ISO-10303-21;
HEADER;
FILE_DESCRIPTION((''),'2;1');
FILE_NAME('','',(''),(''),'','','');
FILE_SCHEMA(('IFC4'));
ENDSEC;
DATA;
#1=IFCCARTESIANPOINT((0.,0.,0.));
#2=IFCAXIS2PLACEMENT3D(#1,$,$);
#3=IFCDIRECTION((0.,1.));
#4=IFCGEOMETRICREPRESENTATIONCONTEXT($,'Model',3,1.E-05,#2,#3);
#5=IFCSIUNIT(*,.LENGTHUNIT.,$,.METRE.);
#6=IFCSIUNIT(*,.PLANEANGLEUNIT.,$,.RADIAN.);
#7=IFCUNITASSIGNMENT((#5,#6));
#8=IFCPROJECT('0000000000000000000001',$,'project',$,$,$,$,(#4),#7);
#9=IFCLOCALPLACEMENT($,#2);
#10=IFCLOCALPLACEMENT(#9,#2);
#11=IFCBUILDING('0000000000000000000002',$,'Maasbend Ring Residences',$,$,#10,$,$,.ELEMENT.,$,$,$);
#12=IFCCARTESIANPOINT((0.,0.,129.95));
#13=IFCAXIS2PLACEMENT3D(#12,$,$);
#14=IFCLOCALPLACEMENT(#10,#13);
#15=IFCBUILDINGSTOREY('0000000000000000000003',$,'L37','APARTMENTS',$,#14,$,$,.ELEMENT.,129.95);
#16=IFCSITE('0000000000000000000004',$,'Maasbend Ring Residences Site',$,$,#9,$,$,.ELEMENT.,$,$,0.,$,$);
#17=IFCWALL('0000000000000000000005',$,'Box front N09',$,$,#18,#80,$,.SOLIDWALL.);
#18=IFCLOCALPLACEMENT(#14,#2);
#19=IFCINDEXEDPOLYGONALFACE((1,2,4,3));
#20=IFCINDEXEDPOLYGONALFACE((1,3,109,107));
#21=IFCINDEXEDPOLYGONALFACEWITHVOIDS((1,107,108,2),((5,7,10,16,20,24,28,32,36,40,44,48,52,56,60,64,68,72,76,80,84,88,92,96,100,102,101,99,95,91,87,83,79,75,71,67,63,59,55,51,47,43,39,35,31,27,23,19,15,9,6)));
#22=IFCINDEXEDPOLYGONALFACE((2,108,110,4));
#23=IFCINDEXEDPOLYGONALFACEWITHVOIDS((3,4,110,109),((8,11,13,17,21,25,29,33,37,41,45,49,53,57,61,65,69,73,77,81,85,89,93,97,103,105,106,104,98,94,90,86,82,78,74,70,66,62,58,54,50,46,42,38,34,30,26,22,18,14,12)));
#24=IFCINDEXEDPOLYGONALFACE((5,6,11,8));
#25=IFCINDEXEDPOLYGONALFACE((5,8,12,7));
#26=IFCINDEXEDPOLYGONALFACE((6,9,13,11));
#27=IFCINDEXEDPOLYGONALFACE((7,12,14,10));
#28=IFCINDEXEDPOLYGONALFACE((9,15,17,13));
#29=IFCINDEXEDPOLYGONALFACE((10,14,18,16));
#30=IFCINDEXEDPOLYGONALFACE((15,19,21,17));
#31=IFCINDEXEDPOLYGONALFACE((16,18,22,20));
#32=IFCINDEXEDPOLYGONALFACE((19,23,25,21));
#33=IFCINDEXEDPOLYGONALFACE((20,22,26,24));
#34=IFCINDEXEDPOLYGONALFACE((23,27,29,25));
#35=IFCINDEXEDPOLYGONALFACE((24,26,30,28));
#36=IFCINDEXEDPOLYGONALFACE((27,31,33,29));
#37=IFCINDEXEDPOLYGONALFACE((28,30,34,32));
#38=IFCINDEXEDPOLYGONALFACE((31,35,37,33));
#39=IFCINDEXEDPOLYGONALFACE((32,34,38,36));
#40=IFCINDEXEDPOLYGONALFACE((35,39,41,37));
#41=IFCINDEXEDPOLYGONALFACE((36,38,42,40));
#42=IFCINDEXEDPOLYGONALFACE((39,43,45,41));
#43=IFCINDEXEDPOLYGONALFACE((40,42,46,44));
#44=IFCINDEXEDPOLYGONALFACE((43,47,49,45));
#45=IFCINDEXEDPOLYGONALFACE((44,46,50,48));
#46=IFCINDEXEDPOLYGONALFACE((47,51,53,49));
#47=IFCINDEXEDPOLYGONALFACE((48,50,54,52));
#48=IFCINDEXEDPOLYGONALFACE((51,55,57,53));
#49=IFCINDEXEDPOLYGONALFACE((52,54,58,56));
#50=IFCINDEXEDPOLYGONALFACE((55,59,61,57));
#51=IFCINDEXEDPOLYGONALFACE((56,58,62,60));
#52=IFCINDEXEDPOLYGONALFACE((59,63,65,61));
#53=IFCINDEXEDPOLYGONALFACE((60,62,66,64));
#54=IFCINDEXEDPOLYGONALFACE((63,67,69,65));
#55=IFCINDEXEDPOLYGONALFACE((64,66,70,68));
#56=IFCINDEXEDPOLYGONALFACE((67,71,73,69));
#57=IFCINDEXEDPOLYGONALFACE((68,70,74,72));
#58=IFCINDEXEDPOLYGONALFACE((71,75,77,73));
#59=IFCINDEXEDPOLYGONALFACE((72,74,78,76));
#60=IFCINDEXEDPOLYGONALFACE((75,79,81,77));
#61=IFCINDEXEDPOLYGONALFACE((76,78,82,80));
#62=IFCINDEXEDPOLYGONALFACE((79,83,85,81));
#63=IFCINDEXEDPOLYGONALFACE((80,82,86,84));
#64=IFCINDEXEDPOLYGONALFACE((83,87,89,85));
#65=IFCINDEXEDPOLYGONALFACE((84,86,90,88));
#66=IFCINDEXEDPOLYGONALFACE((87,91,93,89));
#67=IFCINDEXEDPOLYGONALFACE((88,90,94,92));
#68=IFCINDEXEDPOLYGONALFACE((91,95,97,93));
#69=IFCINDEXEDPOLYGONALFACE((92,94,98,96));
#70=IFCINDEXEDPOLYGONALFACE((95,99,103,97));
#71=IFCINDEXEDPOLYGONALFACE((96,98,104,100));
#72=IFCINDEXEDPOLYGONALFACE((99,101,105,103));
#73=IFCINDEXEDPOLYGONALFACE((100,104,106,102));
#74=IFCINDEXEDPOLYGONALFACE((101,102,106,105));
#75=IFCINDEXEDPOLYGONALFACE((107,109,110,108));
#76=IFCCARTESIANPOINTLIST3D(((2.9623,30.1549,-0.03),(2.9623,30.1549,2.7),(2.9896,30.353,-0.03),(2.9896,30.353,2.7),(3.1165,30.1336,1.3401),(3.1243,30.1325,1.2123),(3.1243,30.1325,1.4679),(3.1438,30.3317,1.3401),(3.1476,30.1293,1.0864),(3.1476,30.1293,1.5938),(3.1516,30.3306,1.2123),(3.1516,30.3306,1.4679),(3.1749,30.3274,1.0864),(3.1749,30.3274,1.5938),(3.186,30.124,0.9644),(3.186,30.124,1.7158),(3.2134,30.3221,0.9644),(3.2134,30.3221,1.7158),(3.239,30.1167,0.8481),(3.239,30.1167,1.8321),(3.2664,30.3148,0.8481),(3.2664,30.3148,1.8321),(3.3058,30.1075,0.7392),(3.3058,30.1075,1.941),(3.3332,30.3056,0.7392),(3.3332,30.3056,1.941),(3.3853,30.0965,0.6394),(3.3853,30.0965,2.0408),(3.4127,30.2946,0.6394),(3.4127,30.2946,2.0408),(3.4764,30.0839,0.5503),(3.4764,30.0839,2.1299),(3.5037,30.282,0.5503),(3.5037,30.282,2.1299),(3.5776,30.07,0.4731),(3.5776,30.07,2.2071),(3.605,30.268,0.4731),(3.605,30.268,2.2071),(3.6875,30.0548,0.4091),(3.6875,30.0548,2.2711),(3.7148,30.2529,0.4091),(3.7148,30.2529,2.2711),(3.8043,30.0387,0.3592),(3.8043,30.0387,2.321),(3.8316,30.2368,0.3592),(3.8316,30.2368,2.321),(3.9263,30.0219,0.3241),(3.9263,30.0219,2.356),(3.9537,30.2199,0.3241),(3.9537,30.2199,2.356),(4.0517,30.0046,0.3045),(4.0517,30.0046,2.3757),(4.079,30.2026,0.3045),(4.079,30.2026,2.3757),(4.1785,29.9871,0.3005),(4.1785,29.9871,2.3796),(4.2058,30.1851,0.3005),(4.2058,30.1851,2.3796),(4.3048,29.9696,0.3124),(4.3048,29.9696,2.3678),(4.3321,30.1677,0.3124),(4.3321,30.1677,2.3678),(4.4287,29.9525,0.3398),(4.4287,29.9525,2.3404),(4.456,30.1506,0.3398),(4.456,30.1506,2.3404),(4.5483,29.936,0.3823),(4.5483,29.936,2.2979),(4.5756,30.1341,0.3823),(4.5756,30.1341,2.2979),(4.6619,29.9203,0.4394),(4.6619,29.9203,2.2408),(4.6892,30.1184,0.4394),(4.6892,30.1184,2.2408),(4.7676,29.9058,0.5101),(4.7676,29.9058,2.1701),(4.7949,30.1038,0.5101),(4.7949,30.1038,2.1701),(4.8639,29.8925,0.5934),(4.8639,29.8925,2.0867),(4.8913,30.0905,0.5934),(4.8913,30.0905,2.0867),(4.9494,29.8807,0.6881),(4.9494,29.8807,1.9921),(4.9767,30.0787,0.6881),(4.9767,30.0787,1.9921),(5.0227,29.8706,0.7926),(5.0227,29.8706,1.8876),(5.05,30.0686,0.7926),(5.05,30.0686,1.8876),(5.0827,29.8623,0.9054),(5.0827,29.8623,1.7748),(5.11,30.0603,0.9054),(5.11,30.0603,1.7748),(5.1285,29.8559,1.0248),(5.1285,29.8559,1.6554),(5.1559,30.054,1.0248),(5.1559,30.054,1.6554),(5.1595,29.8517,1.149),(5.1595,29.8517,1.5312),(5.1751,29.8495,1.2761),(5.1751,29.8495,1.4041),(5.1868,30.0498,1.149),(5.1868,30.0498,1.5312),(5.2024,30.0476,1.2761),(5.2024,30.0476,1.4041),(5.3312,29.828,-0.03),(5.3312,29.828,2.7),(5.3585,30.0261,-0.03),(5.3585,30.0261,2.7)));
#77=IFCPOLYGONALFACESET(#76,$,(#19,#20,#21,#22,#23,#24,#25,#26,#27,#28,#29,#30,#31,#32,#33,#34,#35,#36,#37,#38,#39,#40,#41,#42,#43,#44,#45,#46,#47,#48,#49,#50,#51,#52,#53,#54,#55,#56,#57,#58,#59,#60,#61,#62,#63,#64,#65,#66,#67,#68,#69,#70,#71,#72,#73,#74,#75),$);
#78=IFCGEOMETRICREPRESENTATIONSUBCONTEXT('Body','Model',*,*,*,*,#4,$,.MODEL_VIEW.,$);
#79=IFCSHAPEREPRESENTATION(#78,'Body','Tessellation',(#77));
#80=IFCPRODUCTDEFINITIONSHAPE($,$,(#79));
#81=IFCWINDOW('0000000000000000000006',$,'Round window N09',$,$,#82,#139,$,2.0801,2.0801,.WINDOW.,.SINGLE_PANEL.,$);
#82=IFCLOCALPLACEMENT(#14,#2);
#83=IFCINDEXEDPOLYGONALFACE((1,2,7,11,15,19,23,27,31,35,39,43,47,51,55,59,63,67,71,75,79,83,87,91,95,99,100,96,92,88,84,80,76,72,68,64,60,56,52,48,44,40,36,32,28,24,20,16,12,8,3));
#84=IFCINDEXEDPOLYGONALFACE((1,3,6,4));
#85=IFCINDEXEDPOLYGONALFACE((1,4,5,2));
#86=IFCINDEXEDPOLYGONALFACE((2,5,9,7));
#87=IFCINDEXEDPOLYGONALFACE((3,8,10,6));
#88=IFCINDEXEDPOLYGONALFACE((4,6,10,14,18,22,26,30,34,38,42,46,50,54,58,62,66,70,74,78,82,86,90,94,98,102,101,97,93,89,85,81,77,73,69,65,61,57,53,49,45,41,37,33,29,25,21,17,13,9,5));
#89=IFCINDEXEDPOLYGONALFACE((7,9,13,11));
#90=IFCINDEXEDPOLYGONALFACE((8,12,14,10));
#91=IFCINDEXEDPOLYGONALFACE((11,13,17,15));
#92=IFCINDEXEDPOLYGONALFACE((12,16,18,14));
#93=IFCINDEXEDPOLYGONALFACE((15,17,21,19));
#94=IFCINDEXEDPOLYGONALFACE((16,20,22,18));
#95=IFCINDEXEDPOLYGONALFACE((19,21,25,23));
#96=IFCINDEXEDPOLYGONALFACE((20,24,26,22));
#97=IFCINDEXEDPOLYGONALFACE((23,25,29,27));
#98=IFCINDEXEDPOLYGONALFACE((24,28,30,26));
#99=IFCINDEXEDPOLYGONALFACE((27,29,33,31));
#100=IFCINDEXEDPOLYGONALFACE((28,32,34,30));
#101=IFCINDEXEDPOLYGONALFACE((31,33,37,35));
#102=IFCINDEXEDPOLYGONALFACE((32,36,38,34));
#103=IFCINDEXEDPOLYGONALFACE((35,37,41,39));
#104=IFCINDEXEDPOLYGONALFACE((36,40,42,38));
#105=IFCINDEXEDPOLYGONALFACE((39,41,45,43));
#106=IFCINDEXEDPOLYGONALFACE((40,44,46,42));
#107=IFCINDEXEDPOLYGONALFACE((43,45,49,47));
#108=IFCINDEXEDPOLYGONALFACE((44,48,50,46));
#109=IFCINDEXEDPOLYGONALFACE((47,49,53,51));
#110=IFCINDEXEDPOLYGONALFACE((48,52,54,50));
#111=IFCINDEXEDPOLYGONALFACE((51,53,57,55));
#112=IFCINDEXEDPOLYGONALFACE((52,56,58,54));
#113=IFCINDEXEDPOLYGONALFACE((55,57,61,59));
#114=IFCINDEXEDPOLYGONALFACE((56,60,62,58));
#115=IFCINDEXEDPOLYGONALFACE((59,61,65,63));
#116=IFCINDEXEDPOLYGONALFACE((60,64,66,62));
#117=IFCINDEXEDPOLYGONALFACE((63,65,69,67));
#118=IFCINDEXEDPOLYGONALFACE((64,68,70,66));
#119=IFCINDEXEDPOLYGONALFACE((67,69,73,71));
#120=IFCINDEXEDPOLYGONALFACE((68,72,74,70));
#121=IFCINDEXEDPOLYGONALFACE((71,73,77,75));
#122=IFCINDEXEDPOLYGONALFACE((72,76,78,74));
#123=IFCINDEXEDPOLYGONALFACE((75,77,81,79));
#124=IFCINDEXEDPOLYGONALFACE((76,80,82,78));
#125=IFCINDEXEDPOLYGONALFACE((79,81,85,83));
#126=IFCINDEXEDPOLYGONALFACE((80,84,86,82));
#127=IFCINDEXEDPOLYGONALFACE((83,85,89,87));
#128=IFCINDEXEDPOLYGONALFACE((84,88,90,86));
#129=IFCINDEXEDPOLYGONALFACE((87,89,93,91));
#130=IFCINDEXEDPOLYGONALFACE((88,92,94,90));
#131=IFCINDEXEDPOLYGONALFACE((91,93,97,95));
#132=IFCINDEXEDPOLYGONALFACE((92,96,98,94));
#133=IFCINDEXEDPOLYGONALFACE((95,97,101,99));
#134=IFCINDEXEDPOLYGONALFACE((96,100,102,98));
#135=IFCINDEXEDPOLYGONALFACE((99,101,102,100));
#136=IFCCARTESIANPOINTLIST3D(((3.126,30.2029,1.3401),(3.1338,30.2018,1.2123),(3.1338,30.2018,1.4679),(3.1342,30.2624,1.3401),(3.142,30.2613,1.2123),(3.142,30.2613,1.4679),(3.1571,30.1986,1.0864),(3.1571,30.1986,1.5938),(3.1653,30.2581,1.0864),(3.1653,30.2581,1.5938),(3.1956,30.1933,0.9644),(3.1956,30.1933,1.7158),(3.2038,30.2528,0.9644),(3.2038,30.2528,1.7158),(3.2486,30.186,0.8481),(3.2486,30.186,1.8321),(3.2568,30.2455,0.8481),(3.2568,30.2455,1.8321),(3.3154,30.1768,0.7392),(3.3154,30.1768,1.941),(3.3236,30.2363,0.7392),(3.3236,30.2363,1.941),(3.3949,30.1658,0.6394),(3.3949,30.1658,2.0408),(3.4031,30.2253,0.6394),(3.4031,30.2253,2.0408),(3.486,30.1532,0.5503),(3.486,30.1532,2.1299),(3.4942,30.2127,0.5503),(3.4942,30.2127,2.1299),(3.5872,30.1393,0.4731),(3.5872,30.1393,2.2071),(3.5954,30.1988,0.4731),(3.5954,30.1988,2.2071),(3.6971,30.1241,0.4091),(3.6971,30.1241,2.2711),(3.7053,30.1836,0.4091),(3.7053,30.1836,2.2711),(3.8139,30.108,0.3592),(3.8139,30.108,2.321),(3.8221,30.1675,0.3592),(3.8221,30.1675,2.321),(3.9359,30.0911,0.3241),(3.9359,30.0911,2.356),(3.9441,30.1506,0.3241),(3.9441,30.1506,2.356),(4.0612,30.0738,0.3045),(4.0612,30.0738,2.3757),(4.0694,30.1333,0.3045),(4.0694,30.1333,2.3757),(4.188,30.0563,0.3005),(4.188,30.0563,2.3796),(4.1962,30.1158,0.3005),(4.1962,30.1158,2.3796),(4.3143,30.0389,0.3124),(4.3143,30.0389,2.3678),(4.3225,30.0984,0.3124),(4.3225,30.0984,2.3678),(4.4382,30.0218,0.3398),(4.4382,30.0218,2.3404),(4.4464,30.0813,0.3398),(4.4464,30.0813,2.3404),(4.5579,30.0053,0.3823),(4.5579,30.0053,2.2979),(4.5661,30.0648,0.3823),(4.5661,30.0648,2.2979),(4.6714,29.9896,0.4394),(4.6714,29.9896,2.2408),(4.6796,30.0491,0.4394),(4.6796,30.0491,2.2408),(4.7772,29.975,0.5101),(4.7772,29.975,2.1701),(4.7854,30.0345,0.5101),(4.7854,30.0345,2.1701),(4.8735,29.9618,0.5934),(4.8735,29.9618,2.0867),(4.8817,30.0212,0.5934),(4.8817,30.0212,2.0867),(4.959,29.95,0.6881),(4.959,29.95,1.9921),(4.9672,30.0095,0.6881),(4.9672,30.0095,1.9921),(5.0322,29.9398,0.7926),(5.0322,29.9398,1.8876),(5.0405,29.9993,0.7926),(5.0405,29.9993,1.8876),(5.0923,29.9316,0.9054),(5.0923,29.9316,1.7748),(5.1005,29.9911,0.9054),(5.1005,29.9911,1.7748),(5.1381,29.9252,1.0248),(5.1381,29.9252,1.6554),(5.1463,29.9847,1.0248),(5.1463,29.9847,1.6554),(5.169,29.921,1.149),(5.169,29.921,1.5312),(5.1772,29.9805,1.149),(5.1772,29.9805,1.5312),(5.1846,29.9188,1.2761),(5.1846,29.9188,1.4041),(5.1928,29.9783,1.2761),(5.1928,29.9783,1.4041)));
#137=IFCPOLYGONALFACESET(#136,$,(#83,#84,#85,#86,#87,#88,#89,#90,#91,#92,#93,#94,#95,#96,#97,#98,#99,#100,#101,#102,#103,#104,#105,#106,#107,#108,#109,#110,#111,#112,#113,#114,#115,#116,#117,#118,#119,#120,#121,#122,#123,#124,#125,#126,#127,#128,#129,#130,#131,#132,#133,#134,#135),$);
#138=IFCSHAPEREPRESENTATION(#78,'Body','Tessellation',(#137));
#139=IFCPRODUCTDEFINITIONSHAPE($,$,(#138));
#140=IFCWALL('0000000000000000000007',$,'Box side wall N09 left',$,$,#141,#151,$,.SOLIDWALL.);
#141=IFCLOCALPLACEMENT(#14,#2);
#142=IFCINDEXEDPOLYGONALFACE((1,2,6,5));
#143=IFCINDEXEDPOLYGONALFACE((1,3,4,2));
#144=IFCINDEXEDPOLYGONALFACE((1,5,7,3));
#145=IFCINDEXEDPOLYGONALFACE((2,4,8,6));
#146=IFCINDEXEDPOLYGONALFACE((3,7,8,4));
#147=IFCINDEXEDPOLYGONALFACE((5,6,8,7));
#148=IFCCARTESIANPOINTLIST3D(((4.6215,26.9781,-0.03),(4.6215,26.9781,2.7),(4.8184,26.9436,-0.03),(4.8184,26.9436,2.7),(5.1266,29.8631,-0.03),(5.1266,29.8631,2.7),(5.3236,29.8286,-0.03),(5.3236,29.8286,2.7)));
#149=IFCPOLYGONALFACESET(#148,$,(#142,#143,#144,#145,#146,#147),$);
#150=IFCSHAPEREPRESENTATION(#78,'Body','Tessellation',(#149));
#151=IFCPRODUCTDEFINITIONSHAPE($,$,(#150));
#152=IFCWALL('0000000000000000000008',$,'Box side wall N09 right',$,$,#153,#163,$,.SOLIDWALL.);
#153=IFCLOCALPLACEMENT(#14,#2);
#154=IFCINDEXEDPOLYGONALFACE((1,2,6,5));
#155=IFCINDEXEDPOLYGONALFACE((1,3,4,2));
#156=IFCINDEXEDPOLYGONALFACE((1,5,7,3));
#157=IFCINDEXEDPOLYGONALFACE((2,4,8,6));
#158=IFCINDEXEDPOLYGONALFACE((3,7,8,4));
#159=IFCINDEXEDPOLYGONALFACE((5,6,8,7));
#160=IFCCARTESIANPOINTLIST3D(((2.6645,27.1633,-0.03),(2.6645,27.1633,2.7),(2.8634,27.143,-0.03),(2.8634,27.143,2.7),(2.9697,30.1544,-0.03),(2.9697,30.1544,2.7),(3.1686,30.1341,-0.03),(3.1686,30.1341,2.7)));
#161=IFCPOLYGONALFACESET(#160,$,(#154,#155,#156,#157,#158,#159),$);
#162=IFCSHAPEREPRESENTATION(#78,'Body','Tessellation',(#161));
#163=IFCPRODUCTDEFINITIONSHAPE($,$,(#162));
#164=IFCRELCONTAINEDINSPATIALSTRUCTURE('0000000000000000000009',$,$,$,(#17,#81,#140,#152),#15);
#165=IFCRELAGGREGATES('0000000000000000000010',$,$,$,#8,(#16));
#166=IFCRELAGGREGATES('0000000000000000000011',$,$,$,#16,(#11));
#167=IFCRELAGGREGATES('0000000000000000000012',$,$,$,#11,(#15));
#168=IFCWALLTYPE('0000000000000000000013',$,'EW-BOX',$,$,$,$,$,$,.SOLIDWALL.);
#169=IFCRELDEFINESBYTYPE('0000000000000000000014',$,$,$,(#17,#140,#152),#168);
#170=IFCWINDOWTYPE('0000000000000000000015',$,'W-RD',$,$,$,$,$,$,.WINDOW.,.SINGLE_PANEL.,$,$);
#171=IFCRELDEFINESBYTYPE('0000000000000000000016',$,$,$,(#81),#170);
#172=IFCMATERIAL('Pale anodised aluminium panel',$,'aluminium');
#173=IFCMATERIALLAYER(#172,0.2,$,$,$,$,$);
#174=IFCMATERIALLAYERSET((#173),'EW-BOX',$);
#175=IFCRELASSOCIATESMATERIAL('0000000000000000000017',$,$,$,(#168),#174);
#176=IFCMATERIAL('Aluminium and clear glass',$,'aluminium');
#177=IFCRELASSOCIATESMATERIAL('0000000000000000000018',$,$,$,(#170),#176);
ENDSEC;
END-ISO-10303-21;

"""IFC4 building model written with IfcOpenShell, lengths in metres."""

from ifc_helpers import new_model, si_unit, direction, frame, frame_2d, origin, place, context, subcontext, project, spatial, rectangle, circle, extrude, material, layer, layer_set, type_object, element, fill, save


model = new_model("IFC4")

# Units and contexts
model_context = context("Model", 3, precision=1e-05, world=origin(), true_north=direction((0.0, 1.0)))
body_context = subcontext(model_context, "Body", "Model", "MODEL_VIEW")
ifc_project = project(units=[si_unit("LENGTHUNIT", "METRE"), si_unit("PLANEANGLEUNIT", "RADIAN")], contexts=[model_context])

# Site, building, storey
site_placement = place(None, origin())
site = spatial("IfcSite", under=ifc_project, at=site_placement, Name="Maasbend Ring Residences Site", CompositionType="ELEMENT", RefElevation=0.0)
building_placement = place(site_placement, origin())
building = spatial("IfcBuilding", under=site, at=building_placement, Name="Maasbend Ring Residences", CompositionType="ELEMENT")
storey_placement = place(building_placement, frame((0.0, 0.0, 129.95)))
storey = spatial("IfcBuildingStorey", under=building, at=storey_placement, Name="L37", Description="APARTMENTS", CompositionType="ELEMENT", Elevation=129.95)

# Shared definitions
ifc_material_1 = material(Name="Pale anodised aluminium panel", Category="aluminium")
ifc_layer_1 = layer(ifc_material_1, 0.2)
ifc_layer_set_1 = layer_set([ifc_layer_1], Name="EW-BOX")
wall_type_1 = type_object("IfcWallType", Name="EW-BOX", PredefinedType="SOLIDWALL", material=ifc_layer_set_1)

# Wall, opening, window
wall_1_placement = place(storey_placement, frame((5.345, 29.927, -0.03), z_axis=(0.0, 0.0, 1.0), x_axis=(-0.990612, 0.136703, 0.0)))
wall_1 = element("IfcWall", 1, at=wall_1_placement, inside=storey, type_object=wall_type_1, Name="Box front N09", PredefinedType="SOLIDWALL", context=body_context, shape_type="SweptSolid", body=[
    extrude(rectangle(XDim=2.3914, YDim=0.2, at=frame_2d((1.1958, 0.0))), origin(), (0.0, 0.0, 1.0), 2.73),
])
opening_1_placement = place(wall_1_placement, frame((0.1558, 0.0, 0.3301)))
opening_1 = element("IfcOpeningElement", 2, at=opening_1_placement, cuts=wall_1, PredefinedType="OPENING", context=body_context, shape_type="SweptSolid", body=[
    extrude(circle(Radius=1.04, at=frame_2d((1.04, 1.04))), frame((0.0, 0.1099, 0.0), z_axis=(0.0, -1.0, 0.0), x_axis=(1.0, 0.0, 0.0)), (0.0, 0.0, 1.0), 0.22),
])
ifc_material_2 = material(Name="Aluminium and clear glass", Category="aluminium")
window_type_1 = type_object("IfcWindowType", Name="W-RD", PartitioningType="SINGLE_PANEL", PredefinedType="WINDOW", material=ifc_material_2)
window_1_placement = place(opening_1_placement, origin())
window_1 = element("IfcWindow", 3, at=window_1_placement, inside=storey, type_object=window_type_1, Name="Round window N09", OverallHeight=2.0801, OverallWidth=2.0801, PartitioningType="SINGLE_PANEL", PredefinedType="WINDOW", context=body_context, shape_type="SweptSolid", body=[
    extrude(circle(Radius=1.04, at=frame_2d((1.04, 1.04))), frame((0.0, 0.03, 0.0), z_axis=(0.0, -1.0, 0.0), x_axis=(1.0, 0.0, 0.0)), (0.0, 0.0, 1.0), 0.0601),
])
fill(opening_1, window_1)

# Walls
wall_2_placement = place(storey_placement, frame((4.72, 26.9609, -0.03), z_axis=(0.0, 0.0, 1.0), x_axis=(0.172463, 0.985016, 0.0)))
element("IfcWall", 4, at=wall_2_placement, inside=storey, type_object=wall_type_1, Name="Box side wall N09 left", PredefinedType="SOLIDWALL", context=body_context, shape_type="SweptSolid", body=[
    extrude(rectangle(XDim=2.929, YDim=0.2, at=frame_2d((1.4644, 0.0))), origin(), (0.0, 0.0, 1.0), 2.73),
])
wall_3_placement = place(storey_placement, frame((2.7639, 27.1531, -0.03), z_axis=(0.0, 0.0, 1.0), x_axis=(0.101505, 0.994835, 0.0)))
element("IfcWall", 5, at=wall_3_placement, inside=storey, type_object=wall_type_1, Name="Box side wall N09 right", PredefinedType="SOLIDWALL", context=body_context, shape_type="SweptSolid", body=[
    extrude(rectangle(XDim=3.0066, YDim=0.2, at=frame_2d((1.5034, 0.0))), origin(), (0.0, 0.0, 1.0), 2.73),
])

save(model, "model.ifc")
